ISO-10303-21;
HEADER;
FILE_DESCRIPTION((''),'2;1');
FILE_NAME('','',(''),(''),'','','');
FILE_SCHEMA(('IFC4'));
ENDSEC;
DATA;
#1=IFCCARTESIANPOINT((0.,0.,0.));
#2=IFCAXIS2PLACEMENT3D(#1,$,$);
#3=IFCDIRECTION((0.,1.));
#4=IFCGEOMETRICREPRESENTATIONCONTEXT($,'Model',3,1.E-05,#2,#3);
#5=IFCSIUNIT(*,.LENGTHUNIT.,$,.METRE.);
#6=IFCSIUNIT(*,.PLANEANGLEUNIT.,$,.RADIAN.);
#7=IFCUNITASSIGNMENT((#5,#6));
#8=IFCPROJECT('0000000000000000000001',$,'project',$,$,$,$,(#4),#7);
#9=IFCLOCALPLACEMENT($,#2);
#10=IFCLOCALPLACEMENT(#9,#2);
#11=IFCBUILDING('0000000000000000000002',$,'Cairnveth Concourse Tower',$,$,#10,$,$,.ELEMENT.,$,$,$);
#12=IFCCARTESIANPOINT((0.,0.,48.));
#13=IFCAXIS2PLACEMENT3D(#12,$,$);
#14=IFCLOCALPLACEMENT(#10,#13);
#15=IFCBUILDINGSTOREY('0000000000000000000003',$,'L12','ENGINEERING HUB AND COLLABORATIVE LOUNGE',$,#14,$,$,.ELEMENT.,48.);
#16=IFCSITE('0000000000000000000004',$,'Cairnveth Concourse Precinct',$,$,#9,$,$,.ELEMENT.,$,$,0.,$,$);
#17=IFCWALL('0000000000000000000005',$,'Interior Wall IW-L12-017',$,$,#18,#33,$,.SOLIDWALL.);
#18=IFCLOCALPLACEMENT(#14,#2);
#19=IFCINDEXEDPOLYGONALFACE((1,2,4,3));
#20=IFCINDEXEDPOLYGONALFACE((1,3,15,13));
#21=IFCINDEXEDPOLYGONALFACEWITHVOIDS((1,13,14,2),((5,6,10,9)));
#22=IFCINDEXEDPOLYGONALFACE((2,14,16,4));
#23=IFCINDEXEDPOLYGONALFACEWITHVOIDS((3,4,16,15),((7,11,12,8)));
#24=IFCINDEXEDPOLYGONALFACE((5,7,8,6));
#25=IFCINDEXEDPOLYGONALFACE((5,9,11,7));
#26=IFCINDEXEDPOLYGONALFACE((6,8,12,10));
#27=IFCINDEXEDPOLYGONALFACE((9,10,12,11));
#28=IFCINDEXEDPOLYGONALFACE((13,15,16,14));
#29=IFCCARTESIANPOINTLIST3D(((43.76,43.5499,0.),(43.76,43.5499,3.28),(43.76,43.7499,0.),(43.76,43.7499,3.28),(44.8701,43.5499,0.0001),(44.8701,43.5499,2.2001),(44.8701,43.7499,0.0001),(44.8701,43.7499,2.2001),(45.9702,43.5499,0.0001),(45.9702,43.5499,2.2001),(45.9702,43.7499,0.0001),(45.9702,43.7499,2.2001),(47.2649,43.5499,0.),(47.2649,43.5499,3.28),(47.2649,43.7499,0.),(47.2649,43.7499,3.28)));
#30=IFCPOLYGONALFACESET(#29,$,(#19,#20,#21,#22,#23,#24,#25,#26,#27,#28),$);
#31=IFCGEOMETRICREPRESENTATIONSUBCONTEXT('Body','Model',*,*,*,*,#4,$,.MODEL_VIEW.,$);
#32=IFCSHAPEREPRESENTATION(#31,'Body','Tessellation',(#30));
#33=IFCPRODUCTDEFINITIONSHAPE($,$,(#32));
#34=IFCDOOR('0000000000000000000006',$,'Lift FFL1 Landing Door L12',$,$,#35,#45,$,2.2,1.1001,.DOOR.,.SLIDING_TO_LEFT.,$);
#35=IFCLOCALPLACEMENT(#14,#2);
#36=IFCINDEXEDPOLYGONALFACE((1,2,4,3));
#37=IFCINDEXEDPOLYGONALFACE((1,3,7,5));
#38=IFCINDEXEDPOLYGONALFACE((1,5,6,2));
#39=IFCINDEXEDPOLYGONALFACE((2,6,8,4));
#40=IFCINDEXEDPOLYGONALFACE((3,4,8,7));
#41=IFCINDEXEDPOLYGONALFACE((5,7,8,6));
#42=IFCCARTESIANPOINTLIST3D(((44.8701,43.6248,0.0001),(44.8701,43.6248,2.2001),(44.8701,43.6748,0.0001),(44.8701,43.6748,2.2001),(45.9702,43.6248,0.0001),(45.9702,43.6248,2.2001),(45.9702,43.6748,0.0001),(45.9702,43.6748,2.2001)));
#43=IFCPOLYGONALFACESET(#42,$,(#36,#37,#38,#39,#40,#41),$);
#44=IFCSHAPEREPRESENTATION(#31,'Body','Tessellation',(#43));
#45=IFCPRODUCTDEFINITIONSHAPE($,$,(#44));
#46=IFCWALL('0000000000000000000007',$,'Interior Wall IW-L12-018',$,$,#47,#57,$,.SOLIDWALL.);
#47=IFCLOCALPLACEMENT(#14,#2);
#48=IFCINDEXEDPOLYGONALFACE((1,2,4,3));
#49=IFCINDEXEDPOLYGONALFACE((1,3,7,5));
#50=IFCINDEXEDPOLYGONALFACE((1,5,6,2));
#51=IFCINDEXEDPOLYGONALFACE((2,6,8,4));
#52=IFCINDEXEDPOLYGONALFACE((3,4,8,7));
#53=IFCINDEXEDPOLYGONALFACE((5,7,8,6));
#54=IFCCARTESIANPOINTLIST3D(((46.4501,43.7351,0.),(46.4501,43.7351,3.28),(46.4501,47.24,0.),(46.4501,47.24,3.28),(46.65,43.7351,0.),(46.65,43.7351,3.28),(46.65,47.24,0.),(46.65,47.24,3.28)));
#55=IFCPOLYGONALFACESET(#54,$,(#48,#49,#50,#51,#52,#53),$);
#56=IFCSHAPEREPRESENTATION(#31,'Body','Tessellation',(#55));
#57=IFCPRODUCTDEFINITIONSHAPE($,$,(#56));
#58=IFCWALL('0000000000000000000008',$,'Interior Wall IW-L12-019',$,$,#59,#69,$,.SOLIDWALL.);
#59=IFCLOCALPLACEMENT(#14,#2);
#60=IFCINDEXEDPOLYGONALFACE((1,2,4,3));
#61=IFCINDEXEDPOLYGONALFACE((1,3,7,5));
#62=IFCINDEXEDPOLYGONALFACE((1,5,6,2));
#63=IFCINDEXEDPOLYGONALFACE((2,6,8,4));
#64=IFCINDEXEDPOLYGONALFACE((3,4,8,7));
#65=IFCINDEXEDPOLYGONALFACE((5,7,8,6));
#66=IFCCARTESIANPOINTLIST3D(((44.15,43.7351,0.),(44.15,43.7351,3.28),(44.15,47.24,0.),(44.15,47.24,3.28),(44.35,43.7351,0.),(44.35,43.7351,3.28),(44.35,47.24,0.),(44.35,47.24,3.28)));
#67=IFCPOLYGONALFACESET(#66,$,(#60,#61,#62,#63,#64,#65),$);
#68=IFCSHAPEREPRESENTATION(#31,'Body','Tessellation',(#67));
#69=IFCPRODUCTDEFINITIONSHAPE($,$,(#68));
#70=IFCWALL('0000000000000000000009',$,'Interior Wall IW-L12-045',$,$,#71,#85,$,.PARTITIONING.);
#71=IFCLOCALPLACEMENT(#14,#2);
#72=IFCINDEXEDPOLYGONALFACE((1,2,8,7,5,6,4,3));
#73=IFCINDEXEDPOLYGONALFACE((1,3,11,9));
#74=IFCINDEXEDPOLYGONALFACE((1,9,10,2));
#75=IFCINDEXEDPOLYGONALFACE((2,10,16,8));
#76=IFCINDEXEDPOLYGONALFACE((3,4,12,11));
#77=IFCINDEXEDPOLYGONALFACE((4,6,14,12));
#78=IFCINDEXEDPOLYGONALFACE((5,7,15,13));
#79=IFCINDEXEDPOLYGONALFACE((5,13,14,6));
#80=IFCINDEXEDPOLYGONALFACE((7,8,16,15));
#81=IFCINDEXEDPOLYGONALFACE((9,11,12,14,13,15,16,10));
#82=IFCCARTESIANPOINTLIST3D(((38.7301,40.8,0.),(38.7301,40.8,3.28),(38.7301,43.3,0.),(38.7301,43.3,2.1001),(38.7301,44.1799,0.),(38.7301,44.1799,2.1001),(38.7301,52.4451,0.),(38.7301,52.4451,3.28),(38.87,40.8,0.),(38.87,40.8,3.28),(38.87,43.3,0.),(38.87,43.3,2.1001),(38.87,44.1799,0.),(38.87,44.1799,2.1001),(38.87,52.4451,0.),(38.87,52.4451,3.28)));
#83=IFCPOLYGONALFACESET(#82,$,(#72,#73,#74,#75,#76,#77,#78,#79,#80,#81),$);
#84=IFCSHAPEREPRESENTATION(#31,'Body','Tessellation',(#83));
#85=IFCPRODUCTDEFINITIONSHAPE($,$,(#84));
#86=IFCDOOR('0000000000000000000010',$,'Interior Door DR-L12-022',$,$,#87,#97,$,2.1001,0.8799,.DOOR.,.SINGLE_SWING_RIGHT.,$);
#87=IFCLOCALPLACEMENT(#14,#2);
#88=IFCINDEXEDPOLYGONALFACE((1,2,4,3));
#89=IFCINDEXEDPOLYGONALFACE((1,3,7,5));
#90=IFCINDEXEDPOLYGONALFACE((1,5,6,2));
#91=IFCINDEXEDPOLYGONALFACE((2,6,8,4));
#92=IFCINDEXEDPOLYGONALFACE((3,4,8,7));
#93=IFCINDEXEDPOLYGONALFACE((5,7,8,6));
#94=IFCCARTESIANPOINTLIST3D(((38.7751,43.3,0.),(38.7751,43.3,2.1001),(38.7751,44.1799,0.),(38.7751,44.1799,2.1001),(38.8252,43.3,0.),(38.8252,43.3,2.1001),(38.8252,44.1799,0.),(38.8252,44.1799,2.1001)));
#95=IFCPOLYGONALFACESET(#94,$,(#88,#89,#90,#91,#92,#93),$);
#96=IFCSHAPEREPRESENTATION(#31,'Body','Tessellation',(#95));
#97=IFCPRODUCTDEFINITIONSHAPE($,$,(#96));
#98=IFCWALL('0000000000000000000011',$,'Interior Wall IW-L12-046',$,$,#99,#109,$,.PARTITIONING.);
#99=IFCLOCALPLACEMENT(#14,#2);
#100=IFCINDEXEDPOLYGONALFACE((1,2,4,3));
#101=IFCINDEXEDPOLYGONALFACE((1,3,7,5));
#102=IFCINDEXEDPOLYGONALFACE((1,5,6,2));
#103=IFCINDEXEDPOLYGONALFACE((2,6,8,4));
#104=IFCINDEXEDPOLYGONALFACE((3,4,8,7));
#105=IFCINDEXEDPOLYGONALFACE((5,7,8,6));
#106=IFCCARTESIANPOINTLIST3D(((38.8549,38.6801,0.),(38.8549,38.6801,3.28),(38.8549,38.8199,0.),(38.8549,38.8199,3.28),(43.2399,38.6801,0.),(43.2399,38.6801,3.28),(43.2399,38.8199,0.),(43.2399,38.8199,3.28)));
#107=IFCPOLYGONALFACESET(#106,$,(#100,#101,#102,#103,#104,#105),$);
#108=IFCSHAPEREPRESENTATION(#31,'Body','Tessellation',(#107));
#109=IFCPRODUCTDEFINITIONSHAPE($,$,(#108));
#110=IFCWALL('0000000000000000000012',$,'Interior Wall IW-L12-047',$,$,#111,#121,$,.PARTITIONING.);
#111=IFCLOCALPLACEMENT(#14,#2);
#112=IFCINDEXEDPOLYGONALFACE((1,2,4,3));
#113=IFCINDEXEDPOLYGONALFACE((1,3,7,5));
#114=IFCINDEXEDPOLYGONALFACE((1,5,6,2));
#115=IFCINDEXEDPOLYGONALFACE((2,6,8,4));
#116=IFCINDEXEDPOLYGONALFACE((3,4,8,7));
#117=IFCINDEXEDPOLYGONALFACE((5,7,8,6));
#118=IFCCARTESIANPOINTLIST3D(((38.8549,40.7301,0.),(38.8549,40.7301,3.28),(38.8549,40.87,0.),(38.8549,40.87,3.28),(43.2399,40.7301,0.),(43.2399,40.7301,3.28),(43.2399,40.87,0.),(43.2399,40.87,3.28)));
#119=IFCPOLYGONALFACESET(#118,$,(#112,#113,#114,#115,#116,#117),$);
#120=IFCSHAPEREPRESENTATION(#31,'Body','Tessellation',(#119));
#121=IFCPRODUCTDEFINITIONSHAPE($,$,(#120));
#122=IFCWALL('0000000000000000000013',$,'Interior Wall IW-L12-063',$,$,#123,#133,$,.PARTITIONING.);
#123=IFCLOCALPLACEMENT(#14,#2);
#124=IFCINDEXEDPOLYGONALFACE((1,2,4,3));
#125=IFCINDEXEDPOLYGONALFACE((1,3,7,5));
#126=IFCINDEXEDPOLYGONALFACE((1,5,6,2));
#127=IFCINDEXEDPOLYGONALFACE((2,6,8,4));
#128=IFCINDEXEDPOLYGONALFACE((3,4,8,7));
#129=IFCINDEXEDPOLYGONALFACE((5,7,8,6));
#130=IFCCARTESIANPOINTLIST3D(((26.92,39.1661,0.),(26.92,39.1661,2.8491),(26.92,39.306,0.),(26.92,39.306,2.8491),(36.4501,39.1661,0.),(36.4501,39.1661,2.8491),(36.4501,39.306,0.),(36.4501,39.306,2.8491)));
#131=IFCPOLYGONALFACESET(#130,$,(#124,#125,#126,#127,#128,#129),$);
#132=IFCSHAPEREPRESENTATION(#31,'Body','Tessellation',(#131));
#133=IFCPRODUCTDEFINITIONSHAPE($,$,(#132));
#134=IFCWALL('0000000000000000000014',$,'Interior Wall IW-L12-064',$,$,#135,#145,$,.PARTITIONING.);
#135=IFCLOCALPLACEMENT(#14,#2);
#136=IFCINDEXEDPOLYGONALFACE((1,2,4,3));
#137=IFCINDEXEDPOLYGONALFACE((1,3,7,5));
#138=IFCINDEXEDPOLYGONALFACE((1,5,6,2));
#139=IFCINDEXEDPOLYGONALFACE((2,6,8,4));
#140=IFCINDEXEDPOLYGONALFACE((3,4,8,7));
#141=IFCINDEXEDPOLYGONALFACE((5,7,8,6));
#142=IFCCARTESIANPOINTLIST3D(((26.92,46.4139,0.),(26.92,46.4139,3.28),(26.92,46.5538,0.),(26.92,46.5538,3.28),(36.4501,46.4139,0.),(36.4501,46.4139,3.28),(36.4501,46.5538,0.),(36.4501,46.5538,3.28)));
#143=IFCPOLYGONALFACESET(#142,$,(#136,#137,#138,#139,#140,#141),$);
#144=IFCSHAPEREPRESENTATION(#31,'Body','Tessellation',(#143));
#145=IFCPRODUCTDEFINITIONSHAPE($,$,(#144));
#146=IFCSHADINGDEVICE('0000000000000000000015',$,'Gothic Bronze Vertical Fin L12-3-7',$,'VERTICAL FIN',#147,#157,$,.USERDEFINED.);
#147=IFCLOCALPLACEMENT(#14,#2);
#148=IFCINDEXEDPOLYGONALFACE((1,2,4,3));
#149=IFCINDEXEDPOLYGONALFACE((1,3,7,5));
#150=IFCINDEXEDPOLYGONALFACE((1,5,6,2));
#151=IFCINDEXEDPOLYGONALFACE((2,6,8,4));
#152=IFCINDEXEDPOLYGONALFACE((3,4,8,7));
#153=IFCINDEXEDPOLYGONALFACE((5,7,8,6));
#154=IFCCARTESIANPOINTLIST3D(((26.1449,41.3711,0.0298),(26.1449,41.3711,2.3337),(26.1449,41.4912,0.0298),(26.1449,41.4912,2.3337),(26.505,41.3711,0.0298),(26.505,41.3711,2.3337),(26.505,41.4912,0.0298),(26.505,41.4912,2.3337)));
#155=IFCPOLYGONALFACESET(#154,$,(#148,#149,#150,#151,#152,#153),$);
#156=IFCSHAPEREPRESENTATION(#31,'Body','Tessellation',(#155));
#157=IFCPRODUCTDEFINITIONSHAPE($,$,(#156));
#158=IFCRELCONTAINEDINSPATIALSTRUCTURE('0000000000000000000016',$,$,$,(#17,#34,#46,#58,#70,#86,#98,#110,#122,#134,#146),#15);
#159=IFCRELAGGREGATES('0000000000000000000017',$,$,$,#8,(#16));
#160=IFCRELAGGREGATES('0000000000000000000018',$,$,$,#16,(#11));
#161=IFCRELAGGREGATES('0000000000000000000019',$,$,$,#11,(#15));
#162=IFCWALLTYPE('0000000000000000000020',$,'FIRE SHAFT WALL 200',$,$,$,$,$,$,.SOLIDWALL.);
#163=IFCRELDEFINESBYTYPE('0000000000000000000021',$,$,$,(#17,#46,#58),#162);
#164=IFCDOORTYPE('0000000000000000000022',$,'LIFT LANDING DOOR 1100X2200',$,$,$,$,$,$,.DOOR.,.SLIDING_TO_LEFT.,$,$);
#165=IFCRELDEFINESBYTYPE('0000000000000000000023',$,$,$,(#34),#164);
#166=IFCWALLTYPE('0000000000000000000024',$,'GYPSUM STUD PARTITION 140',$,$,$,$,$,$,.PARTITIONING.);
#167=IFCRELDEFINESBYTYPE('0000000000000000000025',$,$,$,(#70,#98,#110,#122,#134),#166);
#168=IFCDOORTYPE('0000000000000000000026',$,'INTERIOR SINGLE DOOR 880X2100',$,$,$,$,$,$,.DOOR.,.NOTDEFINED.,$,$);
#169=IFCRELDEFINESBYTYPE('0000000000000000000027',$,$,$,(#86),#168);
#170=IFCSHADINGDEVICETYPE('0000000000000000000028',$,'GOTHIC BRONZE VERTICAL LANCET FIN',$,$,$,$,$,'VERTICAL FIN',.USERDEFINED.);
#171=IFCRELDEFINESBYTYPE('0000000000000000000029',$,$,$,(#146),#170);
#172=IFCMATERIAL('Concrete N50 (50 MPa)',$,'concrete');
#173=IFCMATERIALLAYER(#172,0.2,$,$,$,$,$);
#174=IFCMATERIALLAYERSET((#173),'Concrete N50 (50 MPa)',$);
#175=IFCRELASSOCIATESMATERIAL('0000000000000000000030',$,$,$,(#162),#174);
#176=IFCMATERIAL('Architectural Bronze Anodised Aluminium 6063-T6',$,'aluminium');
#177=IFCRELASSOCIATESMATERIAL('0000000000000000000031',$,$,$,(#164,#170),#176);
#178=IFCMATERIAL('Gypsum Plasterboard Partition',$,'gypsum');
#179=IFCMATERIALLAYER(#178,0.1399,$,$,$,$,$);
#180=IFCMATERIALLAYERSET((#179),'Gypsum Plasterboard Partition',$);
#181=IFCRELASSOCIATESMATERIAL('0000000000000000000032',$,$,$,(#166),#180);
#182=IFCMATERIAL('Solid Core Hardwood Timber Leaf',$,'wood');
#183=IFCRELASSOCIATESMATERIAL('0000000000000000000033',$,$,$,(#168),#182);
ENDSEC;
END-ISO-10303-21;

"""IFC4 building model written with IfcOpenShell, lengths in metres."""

from ifc_helpers import new_model, si_unit, direction, frame, frame_2d, origin, origin_2d, place, context, subcontext, project, spatial, rectangle, extrude, material, layer, layer_set, type_object, element, fill, save


model = new_model("IFC4")

# Units and contexts
model_context = context("Model", 3, precision=1e-05, world=origin(), true_north=direction((0.0, 1.0)))
body_context = subcontext(model_context, "Body", "Model", "MODEL_VIEW")
ifc_project = project(units=[si_unit("LENGTHUNIT", "METRE"), si_unit("PLANEANGLEUNIT", "RADIAN")], contexts=[model_context])

# Site, building, storey
site_placement = place(None, origin())
site = spatial("IfcSite", under=ifc_project, at=site_placement, Name="Cairnveth Concourse Precinct", CompositionType="ELEMENT", RefElevation=0.0)
building_placement = place(site_placement, origin())
building = spatial("IfcBuilding", under=site, at=building_placement, Name="Cairnveth Concourse Tower", CompositionType="ELEMENT")
storey_placement = place(building_placement, frame((0.0, 0.0, 48.0)))
storey = spatial("IfcBuildingStorey", under=building, at=storey_placement, Name="L12", Description="ENGINEERING HUB AND COLLABORATIVE LOUNGE", CompositionType="ELEMENT", Elevation=48.0)

# Shared definitions
ifc_material_1 = material(Name="Concrete N50 (50 MPa)", Category="concrete")

# Shared definitions
ifc_layer_1 = layer(ifc_material_1, 0.2)
ifc_layer_set_1 = layer_set([ifc_layer_1], Name="Concrete N50 (50 MPa)")
wall_type_1 = type_object("IfcWallType", Name="FIRE SHAFT WALL 200", PredefinedType="SOLIDWALL", material=ifc_layer_set_1)

# Wall, opening, door
wall_1_placement = place(storey_placement, frame((43.76, 43.6499, 0.0), z_axis=(0.0, 0.0, 1.0), x_axis=(1.0, 0.0, 0.0)))
wall_1 = element("IfcWall", 1, at=wall_1_placement, inside=storey, type_object=wall_type_1, Name="Interior Wall IW-L12-017", PredefinedType="SOLIDWALL", context=body_context, shape_type="SweptSolid", body=[
    extrude(rectangle(XDim=3.5049, YDim=0.2, at=frame_2d((1.7524, 0.0))), origin(), (0.0, 0.0, 1.0), 3.28),
])
opening_1_placement = place(wall_1_placement, frame((1.1101, 0.0, 0.0)))
opening_1 = element("IfcOpeningElement", 2, at=opening_1_placement, cuts=wall_1, PredefinedType="OPENING", context=body_context, shape_type="SweptSolid", body=[
    extrude(rectangle(XDim=1.1001, YDim=2.2, at=frame_2d((0.55, 1.1001))), frame((0.0, 0.1099, 0.0), z_axis=(0.0, -1.0, 0.0), x_axis=(1.0, 0.0, 0.0)), (0.0, 0.0, 1.0), 0.22),
])
ifc_material_2 = material(Name="Architectural Bronze Anodised Aluminium 6063-T6", Category="aluminium")
door_type_1 = type_object("IfcDoorType", Name="LIFT LANDING DOOR 1100X2200", OperationType="SLIDING_TO_LEFT", PredefinedType="DOOR", material=ifc_material_2)
door_1_placement = place(opening_1_placement, origin())
door_1 = element("IfcDoor", 3, at=door_1_placement, inside=storey, type_object=door_type_1, Name="Lift FFL1 Landing Door L12", OperationType="SLIDING_TO_LEFT", OverallHeight=2.2, OverallWidth=1.1001, PredefinedType="DOOR", context=body_context, shape_type="SweptSolid", body=[
    extrude(rectangle(XDim=1.1001, YDim=2.2, at=frame_2d((0.55, 1.1001))), frame((0.0, 0.0249, 0.0), z_axis=(0.0, -1.0, 0.0), x_axis=(1.0, 0.0, 0.0)), (0.0, 0.0, 1.0), 0.05),
])
fill(opening_1, door_1)

# Walls
for number, where, z_axis, x_axis, name in (
    (4, (46.55, 43.7351, 0.0), (0.0, 0.0, 1.0), (0.0, 1.0, 0.0), "Interior Wall IW-L12-018"),
    (5, (44.25, 43.7351, 0.0), (0.0, 0.0, 1.0), (0.0, 1.0, 0.0), "Interior Wall IW-L12-019"),
):
    element("IfcWall", number, at=place(storey_placement, frame(where, z_axis=z_axis, x_axis=x_axis)), inside=storey, type_object=wall_type_1, Name=name, PredefinedType="SOLIDWALL", context=body_context, shape_type="SweptSolid", body=[
        extrude(rectangle(XDim=3.5049, YDim=0.2, at=frame_2d((1.7524, 0.0))), origin(), (0.0, 0.0, 1.0), 3.28),
    ])

# Wall, opening, door
ifc_material_3 = material(Name="Gypsum Plasterboard Partition", Category="gypsum")
ifc_layer_2 = layer(ifc_material_3, 0.1399)
ifc_layer_set_2 = layer_set([ifc_layer_2], Name="Gypsum Plasterboard Partition")
wall_type_2 = type_object("IfcWallType", Name="GYPSUM STUD PARTITION 140", PredefinedType="PARTITIONING", material=ifc_layer_set_2)
wall_2_placement = place(storey_placement, frame((38.8, 40.8, 0.0), z_axis=(0.0, 0.0, 1.0), x_axis=(0.0, 1.0, 0.0)))
wall_2 = element("IfcWall", 6, at=wall_2_placement, inside=storey, type_object=wall_type_2, Name="Interior Wall IW-L12-045", PredefinedType="PARTITIONING", context=body_context, shape_type="SweptSolid", body=[
    extrude(rectangle(XDim=11.645, YDim=0.1399, at=frame_2d((5.8225, 0.0))), origin(), (0.0, 0.0, 1.0), 3.28),
])
opening_2_placement = place(wall_2_placement, frame((2.5, 0.0, 0.0)))
opening_2 = element("IfcOpeningElement", 7, at=opening_2_placement, cuts=wall_2, PredefinedType="OPENING", context=body_context, shape_type="SweptSolid", body=[
    extrude(rectangle(XDim=0.8799, YDim=2.1001, at=frame_2d((0.4399, 1.05))), frame((0.0, 0.0798, 0.0), z_axis=(0.0, -1.0, 0.0), x_axis=(1.0, 0.0, 0.0)), (0.0, 0.0, 1.0), 0.1599),
])
ifc_material_4 = material(Name="Solid Core Hardwood Timber Leaf", Category="wood")
door_type_2 = type_object("IfcDoorType", Name="INTERIOR SINGLE DOOR 880X2100", OperationType="NOTDEFINED", PredefinedType="DOOR", material=ifc_material_4)
door_2_placement = place(opening_2_placement, origin())
door_2 = element("IfcDoor", 8, at=door_2_placement, inside=storey, type_object=door_type_2, Name="Interior Door DR-L12-022", OperationType="SINGLE_SWING_RIGHT", OverallHeight=2.1001, OverallWidth=0.8799, PredefinedType="DOOR", context=body_context, shape_type="SweptSolid", body=[
    extrude(rectangle(XDim=0.8799, YDim=2.1001, at=frame_2d((0.4399, 1.05))), frame((0.0, 0.0249, 0.0), z_axis=(0.0, -1.0, 0.0), x_axis=(1.0, 0.0, 0.0)), (0.0, 0.0, 1.0), 0.05),
])
fill(opening_2, door_2)

# Walls
for number, where, z_axis, x_axis, name in (
    (9, (38.855, 38.75, 0.0), (0.0, 0.0, 1.0), (1.0, 0.0, 0.0), "Interior Wall IW-L12-046"),
    (10, (38.855, 40.8, 0.0), (0.0, 0.0, 1.0), (1.0, 0.0, 0.0), "Interior Wall IW-L12-047"),
):
    element("IfcWall", number, at=place(storey_placement, frame(where, z_axis=z_axis, x_axis=x_axis)), inside=storey, type_object=wall_type_2, Name=name, PredefinedType="PARTITIONING", context=body_context, shape_type="SweptSolid", body=[
        extrude(rectangle(XDim=4.385, YDim=0.1399, at=frame_2d((2.1924, 0.0))), origin(), (0.0, 0.0, 1.0), 3.28),
    ])
wall_3_placement = place(storey_placement, frame((26.9199, 39.2361, 0.0), z_axis=(0.0, 0.0, 1.0), x_axis=(1.0, 0.0, 0.0)))
element("IfcWall", 11, at=wall_3_placement, inside=storey, type_object=wall_type_2, Name="Interior Wall IW-L12-063", PredefinedType="PARTITIONING", context=body_context, shape_type="SweptSolid", body=[
    extrude(rectangle(XDim=9.53, YDim=0.1399, at=frame_2d((4.7651, 0.0))), origin(), (0.0, 0.0, 1.0), 2.8491),
])
wall_4_placement = place(storey_placement, frame((26.9199, 46.4839, 0.0), z_axis=(0.0, 0.0, 1.0), x_axis=(1.0, 0.0, 0.0)))
element("IfcWall", 12, at=wall_4_placement, inside=storey, type_object=wall_type_2, Name="Interior Wall IW-L12-064", PredefinedType="PARTITIONING", context=body_context, shape_type="SweptSolid", body=[
    extrude(rectangle(XDim=9.53, YDim=0.1399, at=frame_2d((4.7651, 0.0))), origin(), (0.0, 0.0, 1.0), 3.28),
])

# Shading device
shading_device_type = type_object("IfcShadingDeviceType", Name="GOTHIC BRONZE VERTICAL LANCET FIN", ElementType="VERTICAL FIN", PredefinedType="USERDEFINED", material=ifc_material_2)
shading_device_placement = place(storey_placement, frame((26.325, 41.4312, 0.0298), z_axis=(0.0, 0.0, 1.0), x_axis=(0.0, 1.0, 0.0)))
element("IfcShadingDevice", 13, at=shading_device_placement, inside=storey, type_object=shading_device_type, Name="Gothic Bronze Vertical Fin L12-3-7", ObjectType="VERTICAL FIN", PredefinedType="USERDEFINED", context=body_context, shape_type="SweptSolid", body=[
    extrude(rectangle(XDim=0.1201, YDim=0.3601, at=origin_2d()), origin(), (0.0, 0.0, 1.0), 2.304),
])

save(model, "model.ifc")
